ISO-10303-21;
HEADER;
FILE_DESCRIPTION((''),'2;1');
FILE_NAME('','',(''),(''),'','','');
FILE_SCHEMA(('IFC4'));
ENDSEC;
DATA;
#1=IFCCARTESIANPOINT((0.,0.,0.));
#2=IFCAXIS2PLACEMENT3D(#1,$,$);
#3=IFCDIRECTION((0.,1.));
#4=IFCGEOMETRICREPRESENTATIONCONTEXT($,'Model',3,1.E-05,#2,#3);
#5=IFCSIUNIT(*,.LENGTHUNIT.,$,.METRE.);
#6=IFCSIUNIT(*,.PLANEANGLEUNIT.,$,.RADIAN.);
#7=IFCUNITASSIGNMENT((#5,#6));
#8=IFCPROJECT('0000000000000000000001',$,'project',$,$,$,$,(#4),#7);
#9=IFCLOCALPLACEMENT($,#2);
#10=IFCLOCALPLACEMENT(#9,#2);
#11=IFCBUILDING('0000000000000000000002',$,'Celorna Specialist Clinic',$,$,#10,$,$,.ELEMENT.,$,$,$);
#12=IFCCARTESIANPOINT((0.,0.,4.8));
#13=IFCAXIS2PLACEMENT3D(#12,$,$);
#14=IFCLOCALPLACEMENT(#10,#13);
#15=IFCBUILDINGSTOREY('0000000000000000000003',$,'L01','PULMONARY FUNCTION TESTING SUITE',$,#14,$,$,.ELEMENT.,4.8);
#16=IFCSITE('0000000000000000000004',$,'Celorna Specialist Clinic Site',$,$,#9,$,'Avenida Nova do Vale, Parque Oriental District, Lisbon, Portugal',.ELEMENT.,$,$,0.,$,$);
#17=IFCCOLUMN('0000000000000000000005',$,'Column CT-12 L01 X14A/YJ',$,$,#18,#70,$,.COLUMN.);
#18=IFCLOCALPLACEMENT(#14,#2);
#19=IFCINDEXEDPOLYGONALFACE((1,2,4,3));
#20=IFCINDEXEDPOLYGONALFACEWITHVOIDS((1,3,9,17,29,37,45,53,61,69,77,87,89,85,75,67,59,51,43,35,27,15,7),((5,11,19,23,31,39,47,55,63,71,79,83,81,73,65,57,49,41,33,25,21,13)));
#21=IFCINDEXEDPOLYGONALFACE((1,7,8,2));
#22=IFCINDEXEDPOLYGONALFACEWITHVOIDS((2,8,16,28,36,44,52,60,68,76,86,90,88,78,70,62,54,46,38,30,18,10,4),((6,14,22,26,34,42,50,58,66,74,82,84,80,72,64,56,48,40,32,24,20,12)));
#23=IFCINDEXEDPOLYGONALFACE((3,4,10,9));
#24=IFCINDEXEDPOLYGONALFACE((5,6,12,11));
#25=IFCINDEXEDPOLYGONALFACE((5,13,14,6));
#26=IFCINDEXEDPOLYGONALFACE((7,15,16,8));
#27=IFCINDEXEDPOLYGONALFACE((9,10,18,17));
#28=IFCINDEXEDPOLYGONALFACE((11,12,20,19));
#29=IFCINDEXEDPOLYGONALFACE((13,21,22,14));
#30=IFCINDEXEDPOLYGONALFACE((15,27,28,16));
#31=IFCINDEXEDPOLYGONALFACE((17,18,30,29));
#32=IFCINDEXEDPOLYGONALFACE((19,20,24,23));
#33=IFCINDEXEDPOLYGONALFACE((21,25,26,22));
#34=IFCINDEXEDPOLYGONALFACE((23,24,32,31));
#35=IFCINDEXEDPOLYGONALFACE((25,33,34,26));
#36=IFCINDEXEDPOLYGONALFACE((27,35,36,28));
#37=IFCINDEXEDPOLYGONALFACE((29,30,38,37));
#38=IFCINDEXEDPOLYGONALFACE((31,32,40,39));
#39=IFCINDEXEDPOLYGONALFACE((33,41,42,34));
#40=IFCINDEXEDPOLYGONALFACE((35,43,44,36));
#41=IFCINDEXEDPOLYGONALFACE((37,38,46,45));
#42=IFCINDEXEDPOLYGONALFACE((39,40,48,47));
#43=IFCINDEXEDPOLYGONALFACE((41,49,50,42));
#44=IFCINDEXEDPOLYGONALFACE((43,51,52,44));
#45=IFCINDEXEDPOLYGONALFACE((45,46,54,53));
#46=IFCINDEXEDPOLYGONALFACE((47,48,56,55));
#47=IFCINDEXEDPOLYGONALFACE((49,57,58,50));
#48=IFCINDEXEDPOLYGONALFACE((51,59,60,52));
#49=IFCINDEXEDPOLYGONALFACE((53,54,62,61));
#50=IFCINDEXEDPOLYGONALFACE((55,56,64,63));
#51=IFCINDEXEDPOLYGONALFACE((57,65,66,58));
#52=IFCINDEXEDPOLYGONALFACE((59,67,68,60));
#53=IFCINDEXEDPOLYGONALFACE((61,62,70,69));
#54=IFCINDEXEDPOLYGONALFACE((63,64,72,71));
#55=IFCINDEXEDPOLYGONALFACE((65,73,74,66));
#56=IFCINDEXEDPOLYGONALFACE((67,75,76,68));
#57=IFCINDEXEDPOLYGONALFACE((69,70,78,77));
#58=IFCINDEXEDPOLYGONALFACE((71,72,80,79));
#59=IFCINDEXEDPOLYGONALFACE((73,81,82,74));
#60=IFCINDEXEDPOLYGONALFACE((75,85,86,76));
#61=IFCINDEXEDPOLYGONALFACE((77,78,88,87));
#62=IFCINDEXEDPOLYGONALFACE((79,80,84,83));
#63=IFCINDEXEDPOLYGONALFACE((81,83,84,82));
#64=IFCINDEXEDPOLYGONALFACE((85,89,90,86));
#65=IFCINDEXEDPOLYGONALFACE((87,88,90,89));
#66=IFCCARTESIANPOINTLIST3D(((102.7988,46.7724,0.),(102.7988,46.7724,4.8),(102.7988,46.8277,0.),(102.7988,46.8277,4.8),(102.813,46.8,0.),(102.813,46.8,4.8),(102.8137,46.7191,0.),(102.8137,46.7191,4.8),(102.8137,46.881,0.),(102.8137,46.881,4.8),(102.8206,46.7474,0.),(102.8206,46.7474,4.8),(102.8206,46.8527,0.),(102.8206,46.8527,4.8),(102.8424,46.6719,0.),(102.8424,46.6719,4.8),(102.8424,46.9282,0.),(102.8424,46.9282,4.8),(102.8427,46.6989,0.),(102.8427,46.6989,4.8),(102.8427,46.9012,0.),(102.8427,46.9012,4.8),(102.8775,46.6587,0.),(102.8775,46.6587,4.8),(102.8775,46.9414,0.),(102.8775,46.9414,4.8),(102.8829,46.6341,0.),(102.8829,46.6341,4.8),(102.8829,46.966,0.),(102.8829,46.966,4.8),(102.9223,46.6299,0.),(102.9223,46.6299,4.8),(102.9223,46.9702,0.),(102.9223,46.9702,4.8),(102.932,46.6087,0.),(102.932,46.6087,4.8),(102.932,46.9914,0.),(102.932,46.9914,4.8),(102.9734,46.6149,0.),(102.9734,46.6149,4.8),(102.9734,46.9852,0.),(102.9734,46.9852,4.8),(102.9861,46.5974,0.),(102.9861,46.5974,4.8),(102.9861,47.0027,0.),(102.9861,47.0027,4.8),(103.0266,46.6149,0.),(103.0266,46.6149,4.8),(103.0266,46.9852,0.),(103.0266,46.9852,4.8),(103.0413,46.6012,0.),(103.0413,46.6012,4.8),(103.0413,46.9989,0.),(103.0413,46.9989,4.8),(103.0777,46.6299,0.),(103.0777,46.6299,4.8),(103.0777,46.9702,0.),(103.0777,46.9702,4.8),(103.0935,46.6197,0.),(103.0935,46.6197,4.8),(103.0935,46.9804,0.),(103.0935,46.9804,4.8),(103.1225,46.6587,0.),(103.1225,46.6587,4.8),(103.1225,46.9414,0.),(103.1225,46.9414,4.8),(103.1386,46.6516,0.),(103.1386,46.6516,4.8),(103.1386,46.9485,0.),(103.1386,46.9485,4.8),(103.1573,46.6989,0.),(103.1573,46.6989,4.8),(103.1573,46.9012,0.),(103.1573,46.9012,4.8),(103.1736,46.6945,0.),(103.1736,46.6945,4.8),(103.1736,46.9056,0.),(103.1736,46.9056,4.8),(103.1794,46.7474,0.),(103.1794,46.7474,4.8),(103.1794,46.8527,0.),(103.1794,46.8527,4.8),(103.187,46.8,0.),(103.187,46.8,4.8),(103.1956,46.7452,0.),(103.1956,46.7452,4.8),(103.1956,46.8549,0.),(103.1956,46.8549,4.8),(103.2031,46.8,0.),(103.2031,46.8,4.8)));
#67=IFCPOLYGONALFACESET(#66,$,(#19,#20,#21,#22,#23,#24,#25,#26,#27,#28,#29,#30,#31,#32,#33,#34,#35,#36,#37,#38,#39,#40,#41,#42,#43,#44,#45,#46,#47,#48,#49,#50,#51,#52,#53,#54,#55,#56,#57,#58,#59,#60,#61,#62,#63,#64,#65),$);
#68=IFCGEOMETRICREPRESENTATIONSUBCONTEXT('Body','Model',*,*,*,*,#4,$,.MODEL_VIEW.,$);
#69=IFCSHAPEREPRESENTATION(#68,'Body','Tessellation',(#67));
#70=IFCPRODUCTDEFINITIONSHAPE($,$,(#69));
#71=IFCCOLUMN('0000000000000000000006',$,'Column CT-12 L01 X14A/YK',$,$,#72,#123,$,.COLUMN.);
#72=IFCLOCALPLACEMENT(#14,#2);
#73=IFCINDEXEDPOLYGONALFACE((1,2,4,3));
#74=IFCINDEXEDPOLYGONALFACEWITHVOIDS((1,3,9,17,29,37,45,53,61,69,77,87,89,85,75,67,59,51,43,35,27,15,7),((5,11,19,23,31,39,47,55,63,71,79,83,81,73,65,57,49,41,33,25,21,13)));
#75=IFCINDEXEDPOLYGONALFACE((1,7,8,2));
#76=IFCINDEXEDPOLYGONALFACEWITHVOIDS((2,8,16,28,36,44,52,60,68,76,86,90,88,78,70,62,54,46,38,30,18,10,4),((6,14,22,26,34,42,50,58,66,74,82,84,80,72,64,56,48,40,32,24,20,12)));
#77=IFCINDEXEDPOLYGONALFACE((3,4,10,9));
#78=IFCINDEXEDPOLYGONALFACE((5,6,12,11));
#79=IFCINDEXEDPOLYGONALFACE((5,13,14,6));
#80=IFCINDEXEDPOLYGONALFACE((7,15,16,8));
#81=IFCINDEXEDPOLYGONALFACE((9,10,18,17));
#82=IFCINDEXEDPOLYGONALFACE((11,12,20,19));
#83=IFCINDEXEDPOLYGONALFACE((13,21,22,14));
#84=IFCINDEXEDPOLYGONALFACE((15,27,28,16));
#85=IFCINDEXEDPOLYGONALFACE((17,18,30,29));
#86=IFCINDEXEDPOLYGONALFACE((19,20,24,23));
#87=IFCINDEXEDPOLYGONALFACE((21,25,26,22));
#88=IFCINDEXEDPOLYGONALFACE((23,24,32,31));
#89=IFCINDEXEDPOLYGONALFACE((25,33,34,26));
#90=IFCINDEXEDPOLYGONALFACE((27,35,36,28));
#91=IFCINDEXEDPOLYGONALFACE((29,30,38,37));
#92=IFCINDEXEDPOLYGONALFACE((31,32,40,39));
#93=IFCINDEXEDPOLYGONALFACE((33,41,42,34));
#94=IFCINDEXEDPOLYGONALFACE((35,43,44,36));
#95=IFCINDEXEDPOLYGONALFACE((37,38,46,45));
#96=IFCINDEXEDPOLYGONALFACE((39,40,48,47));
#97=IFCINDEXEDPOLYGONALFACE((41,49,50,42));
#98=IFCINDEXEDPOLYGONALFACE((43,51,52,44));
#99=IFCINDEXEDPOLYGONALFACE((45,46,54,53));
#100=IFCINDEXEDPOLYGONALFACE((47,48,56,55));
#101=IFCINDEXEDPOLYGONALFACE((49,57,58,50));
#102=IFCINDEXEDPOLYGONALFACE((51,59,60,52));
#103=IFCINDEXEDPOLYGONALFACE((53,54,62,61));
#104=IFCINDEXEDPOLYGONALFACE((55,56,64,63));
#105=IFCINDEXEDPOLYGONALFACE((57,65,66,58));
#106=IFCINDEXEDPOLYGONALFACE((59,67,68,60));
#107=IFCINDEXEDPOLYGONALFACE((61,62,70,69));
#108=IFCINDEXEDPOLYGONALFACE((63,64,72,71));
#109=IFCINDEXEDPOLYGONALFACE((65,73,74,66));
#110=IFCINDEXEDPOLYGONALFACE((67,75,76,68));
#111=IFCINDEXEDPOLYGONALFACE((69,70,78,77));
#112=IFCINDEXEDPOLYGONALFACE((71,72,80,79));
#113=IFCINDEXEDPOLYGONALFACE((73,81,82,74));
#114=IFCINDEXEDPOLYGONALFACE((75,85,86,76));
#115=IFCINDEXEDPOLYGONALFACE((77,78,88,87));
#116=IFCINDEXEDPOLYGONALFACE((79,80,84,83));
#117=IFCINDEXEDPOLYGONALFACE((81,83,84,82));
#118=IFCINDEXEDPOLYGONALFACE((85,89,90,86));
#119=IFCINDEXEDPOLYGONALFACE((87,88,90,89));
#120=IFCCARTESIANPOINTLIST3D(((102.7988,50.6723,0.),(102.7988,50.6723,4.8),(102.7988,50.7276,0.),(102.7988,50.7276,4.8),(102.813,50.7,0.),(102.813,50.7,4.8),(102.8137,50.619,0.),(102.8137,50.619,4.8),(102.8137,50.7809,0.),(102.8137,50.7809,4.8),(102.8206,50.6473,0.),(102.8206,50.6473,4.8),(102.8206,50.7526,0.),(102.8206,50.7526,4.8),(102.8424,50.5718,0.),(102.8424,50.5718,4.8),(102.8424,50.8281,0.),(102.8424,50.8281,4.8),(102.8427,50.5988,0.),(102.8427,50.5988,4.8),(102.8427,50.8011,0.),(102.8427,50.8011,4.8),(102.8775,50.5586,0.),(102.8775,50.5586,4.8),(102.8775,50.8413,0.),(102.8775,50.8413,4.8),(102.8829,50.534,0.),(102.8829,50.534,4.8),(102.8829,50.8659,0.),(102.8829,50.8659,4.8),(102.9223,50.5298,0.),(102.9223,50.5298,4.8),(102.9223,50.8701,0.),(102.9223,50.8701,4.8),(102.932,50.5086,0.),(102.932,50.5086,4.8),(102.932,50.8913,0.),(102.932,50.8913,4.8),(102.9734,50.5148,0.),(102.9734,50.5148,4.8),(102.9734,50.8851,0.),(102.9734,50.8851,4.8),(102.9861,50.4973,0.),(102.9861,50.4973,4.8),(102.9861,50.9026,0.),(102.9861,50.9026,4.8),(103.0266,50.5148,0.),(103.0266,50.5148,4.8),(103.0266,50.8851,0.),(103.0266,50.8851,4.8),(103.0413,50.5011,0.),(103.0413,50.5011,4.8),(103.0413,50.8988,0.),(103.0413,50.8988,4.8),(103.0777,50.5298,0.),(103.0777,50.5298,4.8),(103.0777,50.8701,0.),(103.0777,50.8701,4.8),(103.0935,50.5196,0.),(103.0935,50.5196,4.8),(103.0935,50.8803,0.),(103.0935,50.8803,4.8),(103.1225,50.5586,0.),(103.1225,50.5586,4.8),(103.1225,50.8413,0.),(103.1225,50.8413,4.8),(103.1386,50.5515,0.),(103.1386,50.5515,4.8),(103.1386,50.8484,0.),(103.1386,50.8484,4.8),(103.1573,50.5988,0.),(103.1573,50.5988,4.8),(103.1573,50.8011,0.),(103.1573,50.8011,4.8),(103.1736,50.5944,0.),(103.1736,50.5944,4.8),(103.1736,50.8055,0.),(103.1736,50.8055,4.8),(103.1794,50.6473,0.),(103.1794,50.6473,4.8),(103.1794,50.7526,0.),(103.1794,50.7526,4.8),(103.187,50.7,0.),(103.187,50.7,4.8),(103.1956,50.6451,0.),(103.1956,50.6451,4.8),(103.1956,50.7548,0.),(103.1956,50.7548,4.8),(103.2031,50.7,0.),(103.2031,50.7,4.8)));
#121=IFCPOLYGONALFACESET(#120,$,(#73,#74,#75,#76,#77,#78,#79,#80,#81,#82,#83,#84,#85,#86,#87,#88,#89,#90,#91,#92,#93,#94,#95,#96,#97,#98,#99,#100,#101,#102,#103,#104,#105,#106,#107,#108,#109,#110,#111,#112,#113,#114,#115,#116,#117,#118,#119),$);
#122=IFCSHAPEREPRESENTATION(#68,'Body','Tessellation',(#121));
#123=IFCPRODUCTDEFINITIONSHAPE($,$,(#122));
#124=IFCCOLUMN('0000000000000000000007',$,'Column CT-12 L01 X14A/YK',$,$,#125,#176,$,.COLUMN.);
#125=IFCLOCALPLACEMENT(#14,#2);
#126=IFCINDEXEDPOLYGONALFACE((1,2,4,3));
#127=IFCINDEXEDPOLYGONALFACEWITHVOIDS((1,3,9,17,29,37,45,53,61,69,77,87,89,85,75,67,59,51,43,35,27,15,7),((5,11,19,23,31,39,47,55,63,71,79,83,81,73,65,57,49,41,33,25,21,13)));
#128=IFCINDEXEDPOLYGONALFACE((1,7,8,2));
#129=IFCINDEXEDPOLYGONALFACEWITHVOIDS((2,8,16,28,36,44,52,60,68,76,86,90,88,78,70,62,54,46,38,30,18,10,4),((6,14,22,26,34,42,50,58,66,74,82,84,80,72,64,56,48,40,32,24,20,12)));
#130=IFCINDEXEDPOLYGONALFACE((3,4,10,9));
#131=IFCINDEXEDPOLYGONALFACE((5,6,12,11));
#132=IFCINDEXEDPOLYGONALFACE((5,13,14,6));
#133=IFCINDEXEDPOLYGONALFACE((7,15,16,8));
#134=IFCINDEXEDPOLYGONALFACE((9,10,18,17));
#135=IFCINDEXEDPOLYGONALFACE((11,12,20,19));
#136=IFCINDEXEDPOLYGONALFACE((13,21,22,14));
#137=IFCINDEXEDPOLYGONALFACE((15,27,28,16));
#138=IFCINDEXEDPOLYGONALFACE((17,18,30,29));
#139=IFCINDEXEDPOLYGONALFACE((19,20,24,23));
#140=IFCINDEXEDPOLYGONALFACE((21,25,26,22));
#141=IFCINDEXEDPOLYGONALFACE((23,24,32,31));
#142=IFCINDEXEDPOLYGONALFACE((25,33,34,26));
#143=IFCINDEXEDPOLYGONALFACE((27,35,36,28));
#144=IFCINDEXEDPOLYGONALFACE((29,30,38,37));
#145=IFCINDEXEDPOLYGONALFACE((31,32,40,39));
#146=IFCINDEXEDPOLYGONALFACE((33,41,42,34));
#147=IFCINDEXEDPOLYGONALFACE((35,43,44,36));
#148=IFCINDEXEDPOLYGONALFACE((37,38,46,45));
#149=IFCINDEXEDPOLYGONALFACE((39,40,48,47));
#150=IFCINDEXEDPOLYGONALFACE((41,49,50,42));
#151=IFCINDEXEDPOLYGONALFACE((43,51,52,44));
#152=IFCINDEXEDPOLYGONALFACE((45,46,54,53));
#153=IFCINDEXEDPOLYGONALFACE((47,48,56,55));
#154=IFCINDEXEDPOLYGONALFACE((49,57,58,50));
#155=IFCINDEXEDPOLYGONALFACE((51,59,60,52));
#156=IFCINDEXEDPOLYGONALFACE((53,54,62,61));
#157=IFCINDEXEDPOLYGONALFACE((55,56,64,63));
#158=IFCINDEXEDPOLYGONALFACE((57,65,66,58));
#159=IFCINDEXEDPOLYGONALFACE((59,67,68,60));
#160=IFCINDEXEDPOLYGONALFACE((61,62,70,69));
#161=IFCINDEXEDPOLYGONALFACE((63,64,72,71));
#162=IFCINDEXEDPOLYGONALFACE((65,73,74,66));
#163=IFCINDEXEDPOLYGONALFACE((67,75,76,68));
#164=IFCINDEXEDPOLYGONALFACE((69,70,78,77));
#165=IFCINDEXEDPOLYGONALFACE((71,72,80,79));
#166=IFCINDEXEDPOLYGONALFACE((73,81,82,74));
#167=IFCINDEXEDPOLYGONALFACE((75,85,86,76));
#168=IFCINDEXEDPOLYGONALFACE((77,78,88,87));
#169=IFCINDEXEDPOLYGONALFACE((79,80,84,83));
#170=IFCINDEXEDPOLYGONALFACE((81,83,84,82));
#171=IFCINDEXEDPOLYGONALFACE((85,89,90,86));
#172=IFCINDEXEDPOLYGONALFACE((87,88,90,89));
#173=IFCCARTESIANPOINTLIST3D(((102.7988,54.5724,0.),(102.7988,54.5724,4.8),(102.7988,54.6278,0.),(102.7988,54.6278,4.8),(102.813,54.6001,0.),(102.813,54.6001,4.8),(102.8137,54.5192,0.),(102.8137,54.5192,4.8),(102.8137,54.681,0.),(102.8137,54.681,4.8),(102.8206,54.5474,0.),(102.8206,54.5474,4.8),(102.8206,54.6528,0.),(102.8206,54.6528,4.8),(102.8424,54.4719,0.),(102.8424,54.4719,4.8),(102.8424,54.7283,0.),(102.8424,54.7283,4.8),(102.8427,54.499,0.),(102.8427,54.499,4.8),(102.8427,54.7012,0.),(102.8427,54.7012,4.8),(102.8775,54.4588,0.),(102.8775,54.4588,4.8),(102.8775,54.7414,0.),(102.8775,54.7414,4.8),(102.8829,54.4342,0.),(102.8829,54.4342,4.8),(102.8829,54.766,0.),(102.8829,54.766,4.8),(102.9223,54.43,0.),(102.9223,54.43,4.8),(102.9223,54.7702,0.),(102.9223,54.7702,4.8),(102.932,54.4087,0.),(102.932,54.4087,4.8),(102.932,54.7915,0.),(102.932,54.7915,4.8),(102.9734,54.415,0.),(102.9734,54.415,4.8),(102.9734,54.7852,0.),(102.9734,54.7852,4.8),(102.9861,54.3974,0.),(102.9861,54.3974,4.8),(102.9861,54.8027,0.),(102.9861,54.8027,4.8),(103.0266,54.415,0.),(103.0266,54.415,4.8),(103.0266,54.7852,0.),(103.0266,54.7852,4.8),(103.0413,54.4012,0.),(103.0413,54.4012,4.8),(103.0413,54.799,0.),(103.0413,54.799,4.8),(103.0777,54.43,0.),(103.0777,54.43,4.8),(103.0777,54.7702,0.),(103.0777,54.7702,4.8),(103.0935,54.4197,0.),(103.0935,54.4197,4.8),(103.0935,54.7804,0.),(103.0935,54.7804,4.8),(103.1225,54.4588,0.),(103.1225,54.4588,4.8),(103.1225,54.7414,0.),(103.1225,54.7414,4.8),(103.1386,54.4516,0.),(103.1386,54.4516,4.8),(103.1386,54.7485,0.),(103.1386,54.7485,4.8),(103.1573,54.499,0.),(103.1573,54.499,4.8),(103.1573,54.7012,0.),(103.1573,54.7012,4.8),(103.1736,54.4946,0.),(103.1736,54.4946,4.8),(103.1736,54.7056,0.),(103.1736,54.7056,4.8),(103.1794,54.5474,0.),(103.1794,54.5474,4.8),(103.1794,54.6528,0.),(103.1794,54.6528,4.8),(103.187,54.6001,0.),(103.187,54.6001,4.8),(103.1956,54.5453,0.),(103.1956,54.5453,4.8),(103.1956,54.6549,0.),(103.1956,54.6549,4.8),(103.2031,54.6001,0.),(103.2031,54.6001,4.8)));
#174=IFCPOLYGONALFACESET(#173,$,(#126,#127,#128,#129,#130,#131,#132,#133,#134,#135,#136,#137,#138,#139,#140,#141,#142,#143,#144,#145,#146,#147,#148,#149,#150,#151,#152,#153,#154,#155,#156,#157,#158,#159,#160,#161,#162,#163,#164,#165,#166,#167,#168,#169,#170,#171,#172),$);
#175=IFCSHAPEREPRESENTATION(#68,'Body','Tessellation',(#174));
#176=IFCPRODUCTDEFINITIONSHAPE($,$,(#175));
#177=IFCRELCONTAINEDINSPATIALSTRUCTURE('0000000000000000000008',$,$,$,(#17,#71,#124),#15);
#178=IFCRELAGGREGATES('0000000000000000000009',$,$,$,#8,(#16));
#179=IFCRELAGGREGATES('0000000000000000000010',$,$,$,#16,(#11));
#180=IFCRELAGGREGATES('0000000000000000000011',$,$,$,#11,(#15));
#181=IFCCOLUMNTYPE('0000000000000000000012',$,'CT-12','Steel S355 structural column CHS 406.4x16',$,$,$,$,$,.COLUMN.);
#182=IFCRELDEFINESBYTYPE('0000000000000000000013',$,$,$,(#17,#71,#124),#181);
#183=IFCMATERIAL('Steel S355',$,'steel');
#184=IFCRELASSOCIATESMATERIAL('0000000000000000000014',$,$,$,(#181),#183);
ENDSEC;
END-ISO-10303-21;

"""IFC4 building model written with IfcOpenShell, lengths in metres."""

from ifc_helpers import new_model, si_unit, direction, frame, origin, origin_2d, place, context, subcontext, project, spatial, hollow_circle, extrude, material, material_profile, profile_set, type_object, element, save


model = new_model("IFC4")

# Units and contexts
model_context = context("Model", 3, precision=1e-05, world=origin(), true_north=direction((0.0, 1.0)))
body_context = subcontext(model_context, "Body", "Model", "MODEL_VIEW")
ifc_project = project(units=[si_unit("LENGTHUNIT", "METRE"), si_unit("PLANEANGLEUNIT", "RADIAN")], contexts=[model_context])

# Site, building, storey
site_placement = place(None, origin())
site = spatial("IfcSite", under=ifc_project, at=site_placement, Name="Celorna Specialist Clinic Site", LongName="Avenida Nova do Vale, Parque Oriental District, Lisbon, Portugal", CompositionType="ELEMENT", RefElevation=0.0)
building_placement = place(site_placement, origin())
building = spatial("IfcBuilding", under=site, at=building_placement, Name="Celorna Specialist Clinic", CompositionType="ELEMENT")
storey_placement = place(building_placement, frame((0.0, 0.0, 4.8)))
storey = spatial("IfcBuildingStorey", under=building, at=storey_placement, Name="L01", Description="PULMONARY FUNCTION TESTING SUITE", CompositionType="ELEMENT", Elevation=4.8)

# Columns
ifc_material_1 = material(Name="Steel S355", Category="steel")
ifc_material_profile_1 = material_profile(ifc_material_1, hollow_circle(Radius=0.2031, WallThickness=0.0161, at=origin_2d()), Name="CHS 406.4x16")
ifc_profile_set_1 = profile_set([ifc_material_profile_1], Name="Steel S355")
column_type_1 = type_object("IfcColumnType", Name="CT-12", Description="Steel S355 structural column CHS 406.4x16", PredefinedType="COLUMN", material=ifc_profile_set_1)
for number, where, z_axis, x_axis, name in (
    (1, (103.0, 46.8, 0.0), (0.0, 0.0, 1.0), (1.0, 0.0, 0.0), "Column CT-12 L01 X14A/YJ"),
    (2, (103.0, 50.7, 0.0), (0.0, 0.0, 1.0), (1.0, 0.0, 0.0), "Column CT-12 L01 X14A/YK"),
    (3, (103.0, 54.6001, 0.0), (0.0, 0.0, 1.0), (1.0, 0.0, 0.0), "Column CT-12 L01 X14A/YK"),
):
    element("IfcColumn", number, at=place(storey_placement, frame(where, z_axis=z_axis, x_axis=x_axis)), inside=storey, type_object=column_type_1, Name=name, PredefinedType="COLUMN", context=body_context, shape_type="SweptSolid", body=[
        extrude(hollow_circle(Radius=0.2031, WallThickness=0.0161, at=origin_2d()), origin(), (0.0, 0.0, 1.0), 4.8),
    ])

save(model, "model.ifc")
